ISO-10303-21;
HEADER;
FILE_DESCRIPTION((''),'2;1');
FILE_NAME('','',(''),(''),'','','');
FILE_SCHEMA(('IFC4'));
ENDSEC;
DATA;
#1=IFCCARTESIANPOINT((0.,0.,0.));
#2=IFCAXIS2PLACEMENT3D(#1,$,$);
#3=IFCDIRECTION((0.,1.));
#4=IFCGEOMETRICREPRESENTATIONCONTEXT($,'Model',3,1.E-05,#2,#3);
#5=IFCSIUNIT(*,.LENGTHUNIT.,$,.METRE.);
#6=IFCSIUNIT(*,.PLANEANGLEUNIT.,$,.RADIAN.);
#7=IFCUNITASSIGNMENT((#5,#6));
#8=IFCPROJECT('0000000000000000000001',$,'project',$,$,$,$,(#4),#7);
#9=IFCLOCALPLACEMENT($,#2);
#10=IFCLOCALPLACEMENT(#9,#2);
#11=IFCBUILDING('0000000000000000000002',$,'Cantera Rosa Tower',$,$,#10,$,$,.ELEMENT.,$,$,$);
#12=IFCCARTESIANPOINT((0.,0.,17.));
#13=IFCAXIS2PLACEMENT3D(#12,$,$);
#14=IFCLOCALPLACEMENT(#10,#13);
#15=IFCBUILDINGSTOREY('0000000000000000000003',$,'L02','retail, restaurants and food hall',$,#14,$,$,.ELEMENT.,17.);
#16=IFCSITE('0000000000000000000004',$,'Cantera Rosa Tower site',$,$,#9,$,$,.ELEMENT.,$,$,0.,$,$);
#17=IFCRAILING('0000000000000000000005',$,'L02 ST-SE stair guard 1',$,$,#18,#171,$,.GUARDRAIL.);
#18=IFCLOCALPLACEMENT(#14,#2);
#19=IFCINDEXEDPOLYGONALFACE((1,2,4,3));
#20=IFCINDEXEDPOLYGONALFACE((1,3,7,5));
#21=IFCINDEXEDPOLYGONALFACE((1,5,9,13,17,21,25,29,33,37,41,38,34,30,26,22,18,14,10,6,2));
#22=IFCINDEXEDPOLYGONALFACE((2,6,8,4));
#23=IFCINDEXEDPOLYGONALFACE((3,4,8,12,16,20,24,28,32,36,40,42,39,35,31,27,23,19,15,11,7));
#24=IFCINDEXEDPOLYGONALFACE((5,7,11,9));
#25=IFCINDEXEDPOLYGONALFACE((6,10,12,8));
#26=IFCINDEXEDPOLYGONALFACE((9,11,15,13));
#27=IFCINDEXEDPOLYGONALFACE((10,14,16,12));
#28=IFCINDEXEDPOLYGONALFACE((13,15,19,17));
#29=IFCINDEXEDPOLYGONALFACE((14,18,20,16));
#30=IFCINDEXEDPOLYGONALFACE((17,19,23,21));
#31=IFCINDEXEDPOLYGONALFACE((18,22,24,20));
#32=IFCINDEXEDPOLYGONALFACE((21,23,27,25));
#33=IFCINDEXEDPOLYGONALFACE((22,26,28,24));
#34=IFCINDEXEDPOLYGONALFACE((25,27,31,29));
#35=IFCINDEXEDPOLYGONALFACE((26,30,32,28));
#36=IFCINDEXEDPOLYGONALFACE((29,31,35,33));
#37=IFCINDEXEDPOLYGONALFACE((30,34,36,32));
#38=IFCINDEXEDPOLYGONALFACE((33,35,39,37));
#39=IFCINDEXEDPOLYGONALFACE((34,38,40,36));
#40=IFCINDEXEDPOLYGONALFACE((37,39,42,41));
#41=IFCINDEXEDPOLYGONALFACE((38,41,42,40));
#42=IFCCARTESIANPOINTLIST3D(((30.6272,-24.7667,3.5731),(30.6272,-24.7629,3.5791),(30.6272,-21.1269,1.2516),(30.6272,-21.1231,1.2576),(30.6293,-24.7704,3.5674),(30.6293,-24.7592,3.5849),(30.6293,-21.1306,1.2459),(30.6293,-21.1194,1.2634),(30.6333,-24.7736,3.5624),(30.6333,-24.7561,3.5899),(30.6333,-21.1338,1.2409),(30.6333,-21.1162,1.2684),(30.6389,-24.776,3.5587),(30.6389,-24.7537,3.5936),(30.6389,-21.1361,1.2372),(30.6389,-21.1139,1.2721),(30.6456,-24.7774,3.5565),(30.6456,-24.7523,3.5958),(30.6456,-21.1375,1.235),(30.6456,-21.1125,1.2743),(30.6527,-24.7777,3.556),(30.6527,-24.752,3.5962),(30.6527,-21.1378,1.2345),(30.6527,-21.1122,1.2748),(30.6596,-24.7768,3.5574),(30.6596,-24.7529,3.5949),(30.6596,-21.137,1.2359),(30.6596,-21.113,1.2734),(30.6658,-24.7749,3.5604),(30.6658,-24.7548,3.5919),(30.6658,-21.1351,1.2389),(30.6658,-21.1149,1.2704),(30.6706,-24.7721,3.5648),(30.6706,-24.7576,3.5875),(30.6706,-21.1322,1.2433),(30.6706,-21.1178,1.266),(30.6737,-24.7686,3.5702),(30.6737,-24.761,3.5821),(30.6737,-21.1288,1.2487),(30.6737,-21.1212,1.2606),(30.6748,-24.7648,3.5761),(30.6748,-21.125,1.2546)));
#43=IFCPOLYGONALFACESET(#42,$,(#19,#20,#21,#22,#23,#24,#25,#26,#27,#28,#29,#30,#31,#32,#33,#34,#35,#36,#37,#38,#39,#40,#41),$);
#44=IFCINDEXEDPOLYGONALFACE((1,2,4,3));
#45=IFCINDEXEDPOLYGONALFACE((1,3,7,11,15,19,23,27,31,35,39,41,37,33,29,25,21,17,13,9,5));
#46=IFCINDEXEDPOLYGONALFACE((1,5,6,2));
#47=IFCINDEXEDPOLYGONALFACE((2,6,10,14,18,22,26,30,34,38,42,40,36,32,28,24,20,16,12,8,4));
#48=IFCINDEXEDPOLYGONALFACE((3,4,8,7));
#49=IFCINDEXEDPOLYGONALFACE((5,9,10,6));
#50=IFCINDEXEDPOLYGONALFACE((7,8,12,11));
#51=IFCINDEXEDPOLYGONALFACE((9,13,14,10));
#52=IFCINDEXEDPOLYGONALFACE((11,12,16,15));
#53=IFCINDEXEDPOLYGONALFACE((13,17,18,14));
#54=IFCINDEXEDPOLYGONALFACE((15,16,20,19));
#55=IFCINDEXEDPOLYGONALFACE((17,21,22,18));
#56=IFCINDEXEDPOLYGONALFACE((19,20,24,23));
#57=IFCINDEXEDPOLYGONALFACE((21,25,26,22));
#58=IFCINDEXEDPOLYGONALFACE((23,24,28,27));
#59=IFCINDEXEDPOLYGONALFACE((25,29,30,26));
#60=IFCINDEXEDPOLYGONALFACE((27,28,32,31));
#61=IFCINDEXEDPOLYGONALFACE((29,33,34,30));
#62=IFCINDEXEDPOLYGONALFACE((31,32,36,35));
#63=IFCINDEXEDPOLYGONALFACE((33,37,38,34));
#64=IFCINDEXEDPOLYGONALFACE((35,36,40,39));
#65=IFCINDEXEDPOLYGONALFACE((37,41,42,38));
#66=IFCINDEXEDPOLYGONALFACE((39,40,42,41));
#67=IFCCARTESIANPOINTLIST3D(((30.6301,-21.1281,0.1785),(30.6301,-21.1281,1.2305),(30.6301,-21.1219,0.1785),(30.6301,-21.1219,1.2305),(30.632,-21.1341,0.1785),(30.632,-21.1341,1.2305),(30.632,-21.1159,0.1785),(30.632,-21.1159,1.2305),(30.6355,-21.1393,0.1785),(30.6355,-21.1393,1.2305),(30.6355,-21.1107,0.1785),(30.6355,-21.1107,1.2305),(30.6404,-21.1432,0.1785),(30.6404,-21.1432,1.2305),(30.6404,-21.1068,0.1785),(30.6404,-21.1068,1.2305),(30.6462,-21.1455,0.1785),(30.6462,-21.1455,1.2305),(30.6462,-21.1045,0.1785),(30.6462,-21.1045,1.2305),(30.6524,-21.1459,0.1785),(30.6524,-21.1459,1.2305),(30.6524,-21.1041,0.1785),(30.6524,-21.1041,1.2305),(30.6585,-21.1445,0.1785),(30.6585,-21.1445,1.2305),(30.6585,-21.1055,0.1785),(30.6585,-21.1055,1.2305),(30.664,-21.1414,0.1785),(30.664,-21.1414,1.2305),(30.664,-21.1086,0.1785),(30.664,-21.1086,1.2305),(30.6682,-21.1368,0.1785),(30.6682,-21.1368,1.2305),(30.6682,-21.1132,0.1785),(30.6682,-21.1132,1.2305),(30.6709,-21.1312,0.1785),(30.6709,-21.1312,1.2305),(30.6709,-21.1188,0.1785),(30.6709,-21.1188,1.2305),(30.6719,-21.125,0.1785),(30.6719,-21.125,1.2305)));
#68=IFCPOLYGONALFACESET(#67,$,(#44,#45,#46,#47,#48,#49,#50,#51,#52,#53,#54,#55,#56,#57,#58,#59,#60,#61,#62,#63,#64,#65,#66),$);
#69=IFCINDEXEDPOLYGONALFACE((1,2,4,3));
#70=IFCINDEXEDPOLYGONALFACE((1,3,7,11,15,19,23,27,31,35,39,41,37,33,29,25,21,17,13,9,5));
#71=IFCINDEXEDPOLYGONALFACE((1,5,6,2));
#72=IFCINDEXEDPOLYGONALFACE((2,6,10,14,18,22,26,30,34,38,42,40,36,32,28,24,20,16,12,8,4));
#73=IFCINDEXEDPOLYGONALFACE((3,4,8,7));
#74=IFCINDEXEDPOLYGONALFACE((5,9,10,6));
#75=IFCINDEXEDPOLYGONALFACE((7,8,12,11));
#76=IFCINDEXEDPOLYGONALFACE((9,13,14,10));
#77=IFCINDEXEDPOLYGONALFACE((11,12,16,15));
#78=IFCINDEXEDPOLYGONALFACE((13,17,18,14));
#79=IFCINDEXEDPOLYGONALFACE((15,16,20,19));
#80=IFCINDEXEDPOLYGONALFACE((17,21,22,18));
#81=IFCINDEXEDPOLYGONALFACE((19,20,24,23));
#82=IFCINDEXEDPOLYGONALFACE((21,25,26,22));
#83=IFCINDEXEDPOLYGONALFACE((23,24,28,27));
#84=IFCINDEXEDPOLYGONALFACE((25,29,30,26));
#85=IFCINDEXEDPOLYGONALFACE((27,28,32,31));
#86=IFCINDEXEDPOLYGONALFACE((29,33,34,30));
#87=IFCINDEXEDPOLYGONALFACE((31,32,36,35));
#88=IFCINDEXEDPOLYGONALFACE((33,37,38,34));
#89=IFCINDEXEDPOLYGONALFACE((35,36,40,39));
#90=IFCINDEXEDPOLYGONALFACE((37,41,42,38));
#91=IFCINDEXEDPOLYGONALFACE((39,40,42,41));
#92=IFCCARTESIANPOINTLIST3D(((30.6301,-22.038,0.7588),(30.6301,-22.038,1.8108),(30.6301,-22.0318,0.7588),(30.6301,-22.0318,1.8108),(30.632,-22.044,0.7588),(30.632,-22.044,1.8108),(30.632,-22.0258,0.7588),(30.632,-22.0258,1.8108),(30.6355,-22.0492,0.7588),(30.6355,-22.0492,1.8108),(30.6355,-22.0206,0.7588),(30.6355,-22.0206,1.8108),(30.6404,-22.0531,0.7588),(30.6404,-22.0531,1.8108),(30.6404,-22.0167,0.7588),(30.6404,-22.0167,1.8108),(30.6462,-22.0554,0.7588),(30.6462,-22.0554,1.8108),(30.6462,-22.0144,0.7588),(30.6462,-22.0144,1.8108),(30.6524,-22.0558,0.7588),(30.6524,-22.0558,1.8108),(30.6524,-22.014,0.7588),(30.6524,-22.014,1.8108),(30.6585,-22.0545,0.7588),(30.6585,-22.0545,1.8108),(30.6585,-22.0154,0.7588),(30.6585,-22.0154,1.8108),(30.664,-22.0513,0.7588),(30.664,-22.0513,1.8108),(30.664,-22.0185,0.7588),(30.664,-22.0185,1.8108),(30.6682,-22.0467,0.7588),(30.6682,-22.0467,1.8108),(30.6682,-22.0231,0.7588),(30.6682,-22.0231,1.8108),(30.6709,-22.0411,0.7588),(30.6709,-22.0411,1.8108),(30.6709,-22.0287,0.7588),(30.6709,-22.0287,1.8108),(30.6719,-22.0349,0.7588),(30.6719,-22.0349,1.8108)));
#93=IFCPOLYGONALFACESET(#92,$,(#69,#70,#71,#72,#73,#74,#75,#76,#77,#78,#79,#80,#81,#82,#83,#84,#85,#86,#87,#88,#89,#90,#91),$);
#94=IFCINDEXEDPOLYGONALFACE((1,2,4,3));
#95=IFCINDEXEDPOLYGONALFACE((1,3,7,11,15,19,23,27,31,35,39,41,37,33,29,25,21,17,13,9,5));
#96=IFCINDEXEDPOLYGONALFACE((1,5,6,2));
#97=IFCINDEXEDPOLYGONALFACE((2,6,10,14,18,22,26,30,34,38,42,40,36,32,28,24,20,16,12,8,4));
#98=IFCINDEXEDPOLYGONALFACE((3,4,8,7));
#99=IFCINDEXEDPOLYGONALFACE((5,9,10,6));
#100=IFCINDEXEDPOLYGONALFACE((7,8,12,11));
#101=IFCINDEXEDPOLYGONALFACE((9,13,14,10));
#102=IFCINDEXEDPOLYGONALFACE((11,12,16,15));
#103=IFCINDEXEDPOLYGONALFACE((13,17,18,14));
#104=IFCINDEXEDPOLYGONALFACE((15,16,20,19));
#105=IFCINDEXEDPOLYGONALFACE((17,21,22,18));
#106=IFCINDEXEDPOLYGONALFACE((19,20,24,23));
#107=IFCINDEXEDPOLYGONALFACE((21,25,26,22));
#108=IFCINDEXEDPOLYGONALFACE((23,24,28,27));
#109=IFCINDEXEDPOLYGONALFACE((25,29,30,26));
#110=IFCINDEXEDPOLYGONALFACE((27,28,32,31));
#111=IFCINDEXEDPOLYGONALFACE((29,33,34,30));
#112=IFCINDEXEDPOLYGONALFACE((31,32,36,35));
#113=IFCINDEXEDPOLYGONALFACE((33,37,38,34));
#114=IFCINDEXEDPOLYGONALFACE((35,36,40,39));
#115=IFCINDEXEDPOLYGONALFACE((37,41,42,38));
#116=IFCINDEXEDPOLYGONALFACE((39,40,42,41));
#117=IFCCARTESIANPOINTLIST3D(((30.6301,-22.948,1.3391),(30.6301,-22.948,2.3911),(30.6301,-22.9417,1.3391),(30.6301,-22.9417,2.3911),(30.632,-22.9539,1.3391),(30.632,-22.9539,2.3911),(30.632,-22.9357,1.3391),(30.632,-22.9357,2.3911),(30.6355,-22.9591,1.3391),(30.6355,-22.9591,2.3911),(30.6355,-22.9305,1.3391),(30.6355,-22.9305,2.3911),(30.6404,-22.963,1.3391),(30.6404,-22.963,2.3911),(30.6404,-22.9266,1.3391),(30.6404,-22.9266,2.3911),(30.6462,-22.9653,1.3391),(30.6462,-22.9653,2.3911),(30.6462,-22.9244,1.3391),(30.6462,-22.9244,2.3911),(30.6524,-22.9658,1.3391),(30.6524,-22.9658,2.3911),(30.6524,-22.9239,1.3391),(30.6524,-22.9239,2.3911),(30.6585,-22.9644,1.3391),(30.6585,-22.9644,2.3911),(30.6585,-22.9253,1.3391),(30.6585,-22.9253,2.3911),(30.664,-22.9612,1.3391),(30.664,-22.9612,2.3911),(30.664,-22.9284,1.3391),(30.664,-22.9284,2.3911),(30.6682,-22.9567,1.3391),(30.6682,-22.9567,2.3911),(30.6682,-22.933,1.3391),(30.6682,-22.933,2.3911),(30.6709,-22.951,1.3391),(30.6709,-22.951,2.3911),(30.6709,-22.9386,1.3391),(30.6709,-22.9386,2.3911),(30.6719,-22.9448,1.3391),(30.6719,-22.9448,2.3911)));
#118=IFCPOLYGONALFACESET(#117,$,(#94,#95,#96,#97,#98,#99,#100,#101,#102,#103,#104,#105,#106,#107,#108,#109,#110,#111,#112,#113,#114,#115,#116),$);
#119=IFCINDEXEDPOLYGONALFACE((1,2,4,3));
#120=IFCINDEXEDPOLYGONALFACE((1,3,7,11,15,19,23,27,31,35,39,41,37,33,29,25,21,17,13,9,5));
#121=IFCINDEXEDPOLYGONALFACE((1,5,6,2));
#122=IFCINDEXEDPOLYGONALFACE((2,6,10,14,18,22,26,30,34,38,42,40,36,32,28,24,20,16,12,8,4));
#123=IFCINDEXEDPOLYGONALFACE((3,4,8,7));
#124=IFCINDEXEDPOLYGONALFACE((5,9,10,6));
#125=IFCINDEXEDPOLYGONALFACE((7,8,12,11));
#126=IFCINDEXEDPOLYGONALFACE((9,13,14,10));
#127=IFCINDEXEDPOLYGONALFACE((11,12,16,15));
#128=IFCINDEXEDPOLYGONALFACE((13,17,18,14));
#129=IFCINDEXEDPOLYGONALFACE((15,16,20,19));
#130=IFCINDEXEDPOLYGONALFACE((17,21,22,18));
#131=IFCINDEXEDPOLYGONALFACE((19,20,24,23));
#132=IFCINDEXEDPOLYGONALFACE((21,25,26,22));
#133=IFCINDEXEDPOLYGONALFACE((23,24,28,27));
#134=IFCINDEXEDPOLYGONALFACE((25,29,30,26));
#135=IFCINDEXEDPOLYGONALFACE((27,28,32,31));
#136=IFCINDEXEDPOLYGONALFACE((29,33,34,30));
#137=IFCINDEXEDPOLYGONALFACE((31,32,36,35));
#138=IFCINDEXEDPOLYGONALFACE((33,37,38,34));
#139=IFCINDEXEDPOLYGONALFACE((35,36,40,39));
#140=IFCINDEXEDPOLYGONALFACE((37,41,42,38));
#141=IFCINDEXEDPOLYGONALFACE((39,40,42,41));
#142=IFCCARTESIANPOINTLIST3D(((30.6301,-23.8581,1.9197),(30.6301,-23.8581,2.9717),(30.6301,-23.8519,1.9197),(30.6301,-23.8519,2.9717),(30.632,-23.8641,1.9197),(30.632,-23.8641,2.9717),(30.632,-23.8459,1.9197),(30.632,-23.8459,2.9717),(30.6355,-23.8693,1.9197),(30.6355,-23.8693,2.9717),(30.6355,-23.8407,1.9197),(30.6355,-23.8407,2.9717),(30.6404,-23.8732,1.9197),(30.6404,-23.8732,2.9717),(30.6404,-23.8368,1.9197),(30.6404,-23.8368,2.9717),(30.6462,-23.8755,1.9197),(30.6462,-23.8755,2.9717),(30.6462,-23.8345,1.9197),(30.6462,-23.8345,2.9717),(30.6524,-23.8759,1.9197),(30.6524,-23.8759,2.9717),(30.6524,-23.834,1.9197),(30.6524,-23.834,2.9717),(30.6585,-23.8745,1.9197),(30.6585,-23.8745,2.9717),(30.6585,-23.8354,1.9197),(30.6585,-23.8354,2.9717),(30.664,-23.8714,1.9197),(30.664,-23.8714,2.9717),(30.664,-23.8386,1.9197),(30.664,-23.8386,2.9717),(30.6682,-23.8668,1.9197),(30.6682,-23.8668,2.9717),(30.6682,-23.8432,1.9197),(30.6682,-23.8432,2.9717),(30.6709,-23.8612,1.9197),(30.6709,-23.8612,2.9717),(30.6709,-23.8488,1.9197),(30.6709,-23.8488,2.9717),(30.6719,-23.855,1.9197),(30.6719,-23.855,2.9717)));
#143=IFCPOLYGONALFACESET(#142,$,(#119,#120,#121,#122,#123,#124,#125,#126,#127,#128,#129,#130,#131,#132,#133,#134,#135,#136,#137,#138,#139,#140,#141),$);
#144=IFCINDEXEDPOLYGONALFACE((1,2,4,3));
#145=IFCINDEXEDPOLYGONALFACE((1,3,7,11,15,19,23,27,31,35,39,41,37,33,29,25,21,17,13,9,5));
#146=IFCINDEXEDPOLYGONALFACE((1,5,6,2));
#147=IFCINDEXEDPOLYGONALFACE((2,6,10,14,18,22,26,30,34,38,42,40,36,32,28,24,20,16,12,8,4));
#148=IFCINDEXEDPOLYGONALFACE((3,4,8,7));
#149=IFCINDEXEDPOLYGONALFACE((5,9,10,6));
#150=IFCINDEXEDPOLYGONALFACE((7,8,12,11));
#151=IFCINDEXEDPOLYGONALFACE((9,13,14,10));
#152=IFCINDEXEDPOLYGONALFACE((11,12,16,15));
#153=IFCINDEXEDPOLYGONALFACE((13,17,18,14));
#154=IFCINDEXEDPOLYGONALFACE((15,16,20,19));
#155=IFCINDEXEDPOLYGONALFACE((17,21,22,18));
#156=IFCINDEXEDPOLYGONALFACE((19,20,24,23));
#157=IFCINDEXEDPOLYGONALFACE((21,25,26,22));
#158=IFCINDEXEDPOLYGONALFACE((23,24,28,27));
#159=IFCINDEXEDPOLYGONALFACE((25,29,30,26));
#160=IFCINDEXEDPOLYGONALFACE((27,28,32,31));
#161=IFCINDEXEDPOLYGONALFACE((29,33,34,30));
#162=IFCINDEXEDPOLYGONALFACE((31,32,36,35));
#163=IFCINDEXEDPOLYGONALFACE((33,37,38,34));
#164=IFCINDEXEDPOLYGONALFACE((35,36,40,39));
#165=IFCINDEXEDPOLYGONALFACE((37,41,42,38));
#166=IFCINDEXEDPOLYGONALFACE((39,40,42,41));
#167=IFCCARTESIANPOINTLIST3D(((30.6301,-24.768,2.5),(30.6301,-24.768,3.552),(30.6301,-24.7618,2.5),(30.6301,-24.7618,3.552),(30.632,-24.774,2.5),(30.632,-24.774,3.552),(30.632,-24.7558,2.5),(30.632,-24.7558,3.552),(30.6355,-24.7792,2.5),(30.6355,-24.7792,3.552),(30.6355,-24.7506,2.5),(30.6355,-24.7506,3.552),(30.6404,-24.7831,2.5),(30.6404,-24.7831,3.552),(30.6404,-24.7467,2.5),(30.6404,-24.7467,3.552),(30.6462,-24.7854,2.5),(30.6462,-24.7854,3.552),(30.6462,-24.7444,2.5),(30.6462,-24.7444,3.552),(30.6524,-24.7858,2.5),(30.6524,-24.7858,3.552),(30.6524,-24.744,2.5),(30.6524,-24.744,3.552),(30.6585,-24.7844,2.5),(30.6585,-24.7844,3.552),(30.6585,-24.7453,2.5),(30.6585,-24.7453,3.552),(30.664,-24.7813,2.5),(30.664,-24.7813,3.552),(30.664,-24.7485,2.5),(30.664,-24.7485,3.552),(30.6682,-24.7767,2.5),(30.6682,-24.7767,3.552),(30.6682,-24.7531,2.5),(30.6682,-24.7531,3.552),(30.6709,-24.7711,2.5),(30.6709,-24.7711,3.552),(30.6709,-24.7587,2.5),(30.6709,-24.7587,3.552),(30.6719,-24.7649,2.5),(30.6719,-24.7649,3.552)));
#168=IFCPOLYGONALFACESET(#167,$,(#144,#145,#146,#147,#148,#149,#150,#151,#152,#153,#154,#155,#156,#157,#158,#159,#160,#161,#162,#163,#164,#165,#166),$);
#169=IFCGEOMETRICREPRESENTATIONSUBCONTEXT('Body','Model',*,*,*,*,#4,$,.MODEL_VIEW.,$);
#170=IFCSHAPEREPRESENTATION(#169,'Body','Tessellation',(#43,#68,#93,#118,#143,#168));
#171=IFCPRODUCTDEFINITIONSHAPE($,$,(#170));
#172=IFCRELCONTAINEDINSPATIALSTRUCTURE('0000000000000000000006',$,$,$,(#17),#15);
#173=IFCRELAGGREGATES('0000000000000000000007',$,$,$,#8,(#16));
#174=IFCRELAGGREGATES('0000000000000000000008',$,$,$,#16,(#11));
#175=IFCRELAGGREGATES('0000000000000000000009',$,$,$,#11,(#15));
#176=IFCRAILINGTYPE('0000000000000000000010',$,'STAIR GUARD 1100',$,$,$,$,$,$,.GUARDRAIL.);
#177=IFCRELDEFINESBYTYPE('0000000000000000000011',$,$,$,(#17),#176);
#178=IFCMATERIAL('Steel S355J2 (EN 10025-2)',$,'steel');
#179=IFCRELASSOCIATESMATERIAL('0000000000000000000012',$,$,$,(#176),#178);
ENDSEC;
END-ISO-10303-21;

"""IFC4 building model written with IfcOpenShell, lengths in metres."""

from ifc_helpers import new_model, si_unit, direction, frame, origin, origin_2d, place, context, subcontext, project, spatial, circle, extrude, material, type_object, element, save


model = new_model("IFC4")

# Units and contexts
model_context = context("Model", 3, precision=1e-05, world=origin(), true_north=direction((0.0, 1.0)))
body_context = subcontext(model_context, "Body", "Model", "MODEL_VIEW")
ifc_project = project(units=[si_unit("LENGTHUNIT", "METRE"), si_unit("PLANEANGLEUNIT", "RADIAN")], contexts=[model_context])

# Site, building, storey
site_placement = place(None, origin())
site = spatial("IfcSite", under=ifc_project, at=site_placement, Name="Cantera Rosa Tower site", CompositionType="ELEMENT", RefElevation=0.0)
building_placement = place(site_placement, origin())
building = spatial("IfcBuilding", under=site, at=building_placement, Name="Cantera Rosa Tower", CompositionType="ELEMENT")
storey_placement = place(building_placement, frame((0.0, 0.0, 17.0)))
storey = spatial("IfcBuildingStorey", under=building, at=storey_placement, Name="L02", Description="retail, restaurants and food hall", CompositionType="ELEMENT", Elevation=17.0)

# Railing
ifc_material_1 = material(Name="Steel S355J2 (EN 10025-2)", Category="steel")
railing_type_1 = type_object("IfcRailingType", Name="STAIR GUARD 1100", PredefinedType="GUARDRAIL", material=ifc_material_1)
railing_1_placement = place(storey_placement, frame((30.6509, -21.125, 0.1785)))
element("IfcRailing", 1, at=railing_1_placement, inside=storey, type_object=railing_type_1, Name="L02 ST-SE stair guard 1", PredefinedType="GUARDRAIL", context=body_context, shape_type="SweptSolid", body=[
    extrude(circle(Radius=0.0239, at=origin_2d()), frame((0.0, 0.0, 1.0762), z_axis=(0.0, -0.843112, 0.537739), x_axis=(1.0, 0.0, 0.0)), (0.0, 0.0, 1.0), 4.3171),
    extrude(circle(Radius=0.021, at=origin_2d()), origin(), (0.0, 0.0, 1.0), 1.052),
    extrude(circle(Radius=0.021, at=origin_2d()), frame((0.0, -0.9099, 0.5803)), (0.0, 0.0, 1.0), 1.052),
    extrude(circle(Radius=0.021, at=origin_2d()), frame((0.0, -1.8198, 1.1606)), (0.0, 0.0, 1.0), 1.052),
    extrude(circle(Radius=0.021, at=origin_2d()), frame((0.0, -2.73, 1.7412)), (0.0, 0.0, 1.0), 1.052),
    extrude(circle(Radius=0.021, at=origin_2d()), frame((0.0, -3.6399, 2.3215)), (0.0, 0.0, 1.0), 1.052),
])

save(model, "model.ifc")
